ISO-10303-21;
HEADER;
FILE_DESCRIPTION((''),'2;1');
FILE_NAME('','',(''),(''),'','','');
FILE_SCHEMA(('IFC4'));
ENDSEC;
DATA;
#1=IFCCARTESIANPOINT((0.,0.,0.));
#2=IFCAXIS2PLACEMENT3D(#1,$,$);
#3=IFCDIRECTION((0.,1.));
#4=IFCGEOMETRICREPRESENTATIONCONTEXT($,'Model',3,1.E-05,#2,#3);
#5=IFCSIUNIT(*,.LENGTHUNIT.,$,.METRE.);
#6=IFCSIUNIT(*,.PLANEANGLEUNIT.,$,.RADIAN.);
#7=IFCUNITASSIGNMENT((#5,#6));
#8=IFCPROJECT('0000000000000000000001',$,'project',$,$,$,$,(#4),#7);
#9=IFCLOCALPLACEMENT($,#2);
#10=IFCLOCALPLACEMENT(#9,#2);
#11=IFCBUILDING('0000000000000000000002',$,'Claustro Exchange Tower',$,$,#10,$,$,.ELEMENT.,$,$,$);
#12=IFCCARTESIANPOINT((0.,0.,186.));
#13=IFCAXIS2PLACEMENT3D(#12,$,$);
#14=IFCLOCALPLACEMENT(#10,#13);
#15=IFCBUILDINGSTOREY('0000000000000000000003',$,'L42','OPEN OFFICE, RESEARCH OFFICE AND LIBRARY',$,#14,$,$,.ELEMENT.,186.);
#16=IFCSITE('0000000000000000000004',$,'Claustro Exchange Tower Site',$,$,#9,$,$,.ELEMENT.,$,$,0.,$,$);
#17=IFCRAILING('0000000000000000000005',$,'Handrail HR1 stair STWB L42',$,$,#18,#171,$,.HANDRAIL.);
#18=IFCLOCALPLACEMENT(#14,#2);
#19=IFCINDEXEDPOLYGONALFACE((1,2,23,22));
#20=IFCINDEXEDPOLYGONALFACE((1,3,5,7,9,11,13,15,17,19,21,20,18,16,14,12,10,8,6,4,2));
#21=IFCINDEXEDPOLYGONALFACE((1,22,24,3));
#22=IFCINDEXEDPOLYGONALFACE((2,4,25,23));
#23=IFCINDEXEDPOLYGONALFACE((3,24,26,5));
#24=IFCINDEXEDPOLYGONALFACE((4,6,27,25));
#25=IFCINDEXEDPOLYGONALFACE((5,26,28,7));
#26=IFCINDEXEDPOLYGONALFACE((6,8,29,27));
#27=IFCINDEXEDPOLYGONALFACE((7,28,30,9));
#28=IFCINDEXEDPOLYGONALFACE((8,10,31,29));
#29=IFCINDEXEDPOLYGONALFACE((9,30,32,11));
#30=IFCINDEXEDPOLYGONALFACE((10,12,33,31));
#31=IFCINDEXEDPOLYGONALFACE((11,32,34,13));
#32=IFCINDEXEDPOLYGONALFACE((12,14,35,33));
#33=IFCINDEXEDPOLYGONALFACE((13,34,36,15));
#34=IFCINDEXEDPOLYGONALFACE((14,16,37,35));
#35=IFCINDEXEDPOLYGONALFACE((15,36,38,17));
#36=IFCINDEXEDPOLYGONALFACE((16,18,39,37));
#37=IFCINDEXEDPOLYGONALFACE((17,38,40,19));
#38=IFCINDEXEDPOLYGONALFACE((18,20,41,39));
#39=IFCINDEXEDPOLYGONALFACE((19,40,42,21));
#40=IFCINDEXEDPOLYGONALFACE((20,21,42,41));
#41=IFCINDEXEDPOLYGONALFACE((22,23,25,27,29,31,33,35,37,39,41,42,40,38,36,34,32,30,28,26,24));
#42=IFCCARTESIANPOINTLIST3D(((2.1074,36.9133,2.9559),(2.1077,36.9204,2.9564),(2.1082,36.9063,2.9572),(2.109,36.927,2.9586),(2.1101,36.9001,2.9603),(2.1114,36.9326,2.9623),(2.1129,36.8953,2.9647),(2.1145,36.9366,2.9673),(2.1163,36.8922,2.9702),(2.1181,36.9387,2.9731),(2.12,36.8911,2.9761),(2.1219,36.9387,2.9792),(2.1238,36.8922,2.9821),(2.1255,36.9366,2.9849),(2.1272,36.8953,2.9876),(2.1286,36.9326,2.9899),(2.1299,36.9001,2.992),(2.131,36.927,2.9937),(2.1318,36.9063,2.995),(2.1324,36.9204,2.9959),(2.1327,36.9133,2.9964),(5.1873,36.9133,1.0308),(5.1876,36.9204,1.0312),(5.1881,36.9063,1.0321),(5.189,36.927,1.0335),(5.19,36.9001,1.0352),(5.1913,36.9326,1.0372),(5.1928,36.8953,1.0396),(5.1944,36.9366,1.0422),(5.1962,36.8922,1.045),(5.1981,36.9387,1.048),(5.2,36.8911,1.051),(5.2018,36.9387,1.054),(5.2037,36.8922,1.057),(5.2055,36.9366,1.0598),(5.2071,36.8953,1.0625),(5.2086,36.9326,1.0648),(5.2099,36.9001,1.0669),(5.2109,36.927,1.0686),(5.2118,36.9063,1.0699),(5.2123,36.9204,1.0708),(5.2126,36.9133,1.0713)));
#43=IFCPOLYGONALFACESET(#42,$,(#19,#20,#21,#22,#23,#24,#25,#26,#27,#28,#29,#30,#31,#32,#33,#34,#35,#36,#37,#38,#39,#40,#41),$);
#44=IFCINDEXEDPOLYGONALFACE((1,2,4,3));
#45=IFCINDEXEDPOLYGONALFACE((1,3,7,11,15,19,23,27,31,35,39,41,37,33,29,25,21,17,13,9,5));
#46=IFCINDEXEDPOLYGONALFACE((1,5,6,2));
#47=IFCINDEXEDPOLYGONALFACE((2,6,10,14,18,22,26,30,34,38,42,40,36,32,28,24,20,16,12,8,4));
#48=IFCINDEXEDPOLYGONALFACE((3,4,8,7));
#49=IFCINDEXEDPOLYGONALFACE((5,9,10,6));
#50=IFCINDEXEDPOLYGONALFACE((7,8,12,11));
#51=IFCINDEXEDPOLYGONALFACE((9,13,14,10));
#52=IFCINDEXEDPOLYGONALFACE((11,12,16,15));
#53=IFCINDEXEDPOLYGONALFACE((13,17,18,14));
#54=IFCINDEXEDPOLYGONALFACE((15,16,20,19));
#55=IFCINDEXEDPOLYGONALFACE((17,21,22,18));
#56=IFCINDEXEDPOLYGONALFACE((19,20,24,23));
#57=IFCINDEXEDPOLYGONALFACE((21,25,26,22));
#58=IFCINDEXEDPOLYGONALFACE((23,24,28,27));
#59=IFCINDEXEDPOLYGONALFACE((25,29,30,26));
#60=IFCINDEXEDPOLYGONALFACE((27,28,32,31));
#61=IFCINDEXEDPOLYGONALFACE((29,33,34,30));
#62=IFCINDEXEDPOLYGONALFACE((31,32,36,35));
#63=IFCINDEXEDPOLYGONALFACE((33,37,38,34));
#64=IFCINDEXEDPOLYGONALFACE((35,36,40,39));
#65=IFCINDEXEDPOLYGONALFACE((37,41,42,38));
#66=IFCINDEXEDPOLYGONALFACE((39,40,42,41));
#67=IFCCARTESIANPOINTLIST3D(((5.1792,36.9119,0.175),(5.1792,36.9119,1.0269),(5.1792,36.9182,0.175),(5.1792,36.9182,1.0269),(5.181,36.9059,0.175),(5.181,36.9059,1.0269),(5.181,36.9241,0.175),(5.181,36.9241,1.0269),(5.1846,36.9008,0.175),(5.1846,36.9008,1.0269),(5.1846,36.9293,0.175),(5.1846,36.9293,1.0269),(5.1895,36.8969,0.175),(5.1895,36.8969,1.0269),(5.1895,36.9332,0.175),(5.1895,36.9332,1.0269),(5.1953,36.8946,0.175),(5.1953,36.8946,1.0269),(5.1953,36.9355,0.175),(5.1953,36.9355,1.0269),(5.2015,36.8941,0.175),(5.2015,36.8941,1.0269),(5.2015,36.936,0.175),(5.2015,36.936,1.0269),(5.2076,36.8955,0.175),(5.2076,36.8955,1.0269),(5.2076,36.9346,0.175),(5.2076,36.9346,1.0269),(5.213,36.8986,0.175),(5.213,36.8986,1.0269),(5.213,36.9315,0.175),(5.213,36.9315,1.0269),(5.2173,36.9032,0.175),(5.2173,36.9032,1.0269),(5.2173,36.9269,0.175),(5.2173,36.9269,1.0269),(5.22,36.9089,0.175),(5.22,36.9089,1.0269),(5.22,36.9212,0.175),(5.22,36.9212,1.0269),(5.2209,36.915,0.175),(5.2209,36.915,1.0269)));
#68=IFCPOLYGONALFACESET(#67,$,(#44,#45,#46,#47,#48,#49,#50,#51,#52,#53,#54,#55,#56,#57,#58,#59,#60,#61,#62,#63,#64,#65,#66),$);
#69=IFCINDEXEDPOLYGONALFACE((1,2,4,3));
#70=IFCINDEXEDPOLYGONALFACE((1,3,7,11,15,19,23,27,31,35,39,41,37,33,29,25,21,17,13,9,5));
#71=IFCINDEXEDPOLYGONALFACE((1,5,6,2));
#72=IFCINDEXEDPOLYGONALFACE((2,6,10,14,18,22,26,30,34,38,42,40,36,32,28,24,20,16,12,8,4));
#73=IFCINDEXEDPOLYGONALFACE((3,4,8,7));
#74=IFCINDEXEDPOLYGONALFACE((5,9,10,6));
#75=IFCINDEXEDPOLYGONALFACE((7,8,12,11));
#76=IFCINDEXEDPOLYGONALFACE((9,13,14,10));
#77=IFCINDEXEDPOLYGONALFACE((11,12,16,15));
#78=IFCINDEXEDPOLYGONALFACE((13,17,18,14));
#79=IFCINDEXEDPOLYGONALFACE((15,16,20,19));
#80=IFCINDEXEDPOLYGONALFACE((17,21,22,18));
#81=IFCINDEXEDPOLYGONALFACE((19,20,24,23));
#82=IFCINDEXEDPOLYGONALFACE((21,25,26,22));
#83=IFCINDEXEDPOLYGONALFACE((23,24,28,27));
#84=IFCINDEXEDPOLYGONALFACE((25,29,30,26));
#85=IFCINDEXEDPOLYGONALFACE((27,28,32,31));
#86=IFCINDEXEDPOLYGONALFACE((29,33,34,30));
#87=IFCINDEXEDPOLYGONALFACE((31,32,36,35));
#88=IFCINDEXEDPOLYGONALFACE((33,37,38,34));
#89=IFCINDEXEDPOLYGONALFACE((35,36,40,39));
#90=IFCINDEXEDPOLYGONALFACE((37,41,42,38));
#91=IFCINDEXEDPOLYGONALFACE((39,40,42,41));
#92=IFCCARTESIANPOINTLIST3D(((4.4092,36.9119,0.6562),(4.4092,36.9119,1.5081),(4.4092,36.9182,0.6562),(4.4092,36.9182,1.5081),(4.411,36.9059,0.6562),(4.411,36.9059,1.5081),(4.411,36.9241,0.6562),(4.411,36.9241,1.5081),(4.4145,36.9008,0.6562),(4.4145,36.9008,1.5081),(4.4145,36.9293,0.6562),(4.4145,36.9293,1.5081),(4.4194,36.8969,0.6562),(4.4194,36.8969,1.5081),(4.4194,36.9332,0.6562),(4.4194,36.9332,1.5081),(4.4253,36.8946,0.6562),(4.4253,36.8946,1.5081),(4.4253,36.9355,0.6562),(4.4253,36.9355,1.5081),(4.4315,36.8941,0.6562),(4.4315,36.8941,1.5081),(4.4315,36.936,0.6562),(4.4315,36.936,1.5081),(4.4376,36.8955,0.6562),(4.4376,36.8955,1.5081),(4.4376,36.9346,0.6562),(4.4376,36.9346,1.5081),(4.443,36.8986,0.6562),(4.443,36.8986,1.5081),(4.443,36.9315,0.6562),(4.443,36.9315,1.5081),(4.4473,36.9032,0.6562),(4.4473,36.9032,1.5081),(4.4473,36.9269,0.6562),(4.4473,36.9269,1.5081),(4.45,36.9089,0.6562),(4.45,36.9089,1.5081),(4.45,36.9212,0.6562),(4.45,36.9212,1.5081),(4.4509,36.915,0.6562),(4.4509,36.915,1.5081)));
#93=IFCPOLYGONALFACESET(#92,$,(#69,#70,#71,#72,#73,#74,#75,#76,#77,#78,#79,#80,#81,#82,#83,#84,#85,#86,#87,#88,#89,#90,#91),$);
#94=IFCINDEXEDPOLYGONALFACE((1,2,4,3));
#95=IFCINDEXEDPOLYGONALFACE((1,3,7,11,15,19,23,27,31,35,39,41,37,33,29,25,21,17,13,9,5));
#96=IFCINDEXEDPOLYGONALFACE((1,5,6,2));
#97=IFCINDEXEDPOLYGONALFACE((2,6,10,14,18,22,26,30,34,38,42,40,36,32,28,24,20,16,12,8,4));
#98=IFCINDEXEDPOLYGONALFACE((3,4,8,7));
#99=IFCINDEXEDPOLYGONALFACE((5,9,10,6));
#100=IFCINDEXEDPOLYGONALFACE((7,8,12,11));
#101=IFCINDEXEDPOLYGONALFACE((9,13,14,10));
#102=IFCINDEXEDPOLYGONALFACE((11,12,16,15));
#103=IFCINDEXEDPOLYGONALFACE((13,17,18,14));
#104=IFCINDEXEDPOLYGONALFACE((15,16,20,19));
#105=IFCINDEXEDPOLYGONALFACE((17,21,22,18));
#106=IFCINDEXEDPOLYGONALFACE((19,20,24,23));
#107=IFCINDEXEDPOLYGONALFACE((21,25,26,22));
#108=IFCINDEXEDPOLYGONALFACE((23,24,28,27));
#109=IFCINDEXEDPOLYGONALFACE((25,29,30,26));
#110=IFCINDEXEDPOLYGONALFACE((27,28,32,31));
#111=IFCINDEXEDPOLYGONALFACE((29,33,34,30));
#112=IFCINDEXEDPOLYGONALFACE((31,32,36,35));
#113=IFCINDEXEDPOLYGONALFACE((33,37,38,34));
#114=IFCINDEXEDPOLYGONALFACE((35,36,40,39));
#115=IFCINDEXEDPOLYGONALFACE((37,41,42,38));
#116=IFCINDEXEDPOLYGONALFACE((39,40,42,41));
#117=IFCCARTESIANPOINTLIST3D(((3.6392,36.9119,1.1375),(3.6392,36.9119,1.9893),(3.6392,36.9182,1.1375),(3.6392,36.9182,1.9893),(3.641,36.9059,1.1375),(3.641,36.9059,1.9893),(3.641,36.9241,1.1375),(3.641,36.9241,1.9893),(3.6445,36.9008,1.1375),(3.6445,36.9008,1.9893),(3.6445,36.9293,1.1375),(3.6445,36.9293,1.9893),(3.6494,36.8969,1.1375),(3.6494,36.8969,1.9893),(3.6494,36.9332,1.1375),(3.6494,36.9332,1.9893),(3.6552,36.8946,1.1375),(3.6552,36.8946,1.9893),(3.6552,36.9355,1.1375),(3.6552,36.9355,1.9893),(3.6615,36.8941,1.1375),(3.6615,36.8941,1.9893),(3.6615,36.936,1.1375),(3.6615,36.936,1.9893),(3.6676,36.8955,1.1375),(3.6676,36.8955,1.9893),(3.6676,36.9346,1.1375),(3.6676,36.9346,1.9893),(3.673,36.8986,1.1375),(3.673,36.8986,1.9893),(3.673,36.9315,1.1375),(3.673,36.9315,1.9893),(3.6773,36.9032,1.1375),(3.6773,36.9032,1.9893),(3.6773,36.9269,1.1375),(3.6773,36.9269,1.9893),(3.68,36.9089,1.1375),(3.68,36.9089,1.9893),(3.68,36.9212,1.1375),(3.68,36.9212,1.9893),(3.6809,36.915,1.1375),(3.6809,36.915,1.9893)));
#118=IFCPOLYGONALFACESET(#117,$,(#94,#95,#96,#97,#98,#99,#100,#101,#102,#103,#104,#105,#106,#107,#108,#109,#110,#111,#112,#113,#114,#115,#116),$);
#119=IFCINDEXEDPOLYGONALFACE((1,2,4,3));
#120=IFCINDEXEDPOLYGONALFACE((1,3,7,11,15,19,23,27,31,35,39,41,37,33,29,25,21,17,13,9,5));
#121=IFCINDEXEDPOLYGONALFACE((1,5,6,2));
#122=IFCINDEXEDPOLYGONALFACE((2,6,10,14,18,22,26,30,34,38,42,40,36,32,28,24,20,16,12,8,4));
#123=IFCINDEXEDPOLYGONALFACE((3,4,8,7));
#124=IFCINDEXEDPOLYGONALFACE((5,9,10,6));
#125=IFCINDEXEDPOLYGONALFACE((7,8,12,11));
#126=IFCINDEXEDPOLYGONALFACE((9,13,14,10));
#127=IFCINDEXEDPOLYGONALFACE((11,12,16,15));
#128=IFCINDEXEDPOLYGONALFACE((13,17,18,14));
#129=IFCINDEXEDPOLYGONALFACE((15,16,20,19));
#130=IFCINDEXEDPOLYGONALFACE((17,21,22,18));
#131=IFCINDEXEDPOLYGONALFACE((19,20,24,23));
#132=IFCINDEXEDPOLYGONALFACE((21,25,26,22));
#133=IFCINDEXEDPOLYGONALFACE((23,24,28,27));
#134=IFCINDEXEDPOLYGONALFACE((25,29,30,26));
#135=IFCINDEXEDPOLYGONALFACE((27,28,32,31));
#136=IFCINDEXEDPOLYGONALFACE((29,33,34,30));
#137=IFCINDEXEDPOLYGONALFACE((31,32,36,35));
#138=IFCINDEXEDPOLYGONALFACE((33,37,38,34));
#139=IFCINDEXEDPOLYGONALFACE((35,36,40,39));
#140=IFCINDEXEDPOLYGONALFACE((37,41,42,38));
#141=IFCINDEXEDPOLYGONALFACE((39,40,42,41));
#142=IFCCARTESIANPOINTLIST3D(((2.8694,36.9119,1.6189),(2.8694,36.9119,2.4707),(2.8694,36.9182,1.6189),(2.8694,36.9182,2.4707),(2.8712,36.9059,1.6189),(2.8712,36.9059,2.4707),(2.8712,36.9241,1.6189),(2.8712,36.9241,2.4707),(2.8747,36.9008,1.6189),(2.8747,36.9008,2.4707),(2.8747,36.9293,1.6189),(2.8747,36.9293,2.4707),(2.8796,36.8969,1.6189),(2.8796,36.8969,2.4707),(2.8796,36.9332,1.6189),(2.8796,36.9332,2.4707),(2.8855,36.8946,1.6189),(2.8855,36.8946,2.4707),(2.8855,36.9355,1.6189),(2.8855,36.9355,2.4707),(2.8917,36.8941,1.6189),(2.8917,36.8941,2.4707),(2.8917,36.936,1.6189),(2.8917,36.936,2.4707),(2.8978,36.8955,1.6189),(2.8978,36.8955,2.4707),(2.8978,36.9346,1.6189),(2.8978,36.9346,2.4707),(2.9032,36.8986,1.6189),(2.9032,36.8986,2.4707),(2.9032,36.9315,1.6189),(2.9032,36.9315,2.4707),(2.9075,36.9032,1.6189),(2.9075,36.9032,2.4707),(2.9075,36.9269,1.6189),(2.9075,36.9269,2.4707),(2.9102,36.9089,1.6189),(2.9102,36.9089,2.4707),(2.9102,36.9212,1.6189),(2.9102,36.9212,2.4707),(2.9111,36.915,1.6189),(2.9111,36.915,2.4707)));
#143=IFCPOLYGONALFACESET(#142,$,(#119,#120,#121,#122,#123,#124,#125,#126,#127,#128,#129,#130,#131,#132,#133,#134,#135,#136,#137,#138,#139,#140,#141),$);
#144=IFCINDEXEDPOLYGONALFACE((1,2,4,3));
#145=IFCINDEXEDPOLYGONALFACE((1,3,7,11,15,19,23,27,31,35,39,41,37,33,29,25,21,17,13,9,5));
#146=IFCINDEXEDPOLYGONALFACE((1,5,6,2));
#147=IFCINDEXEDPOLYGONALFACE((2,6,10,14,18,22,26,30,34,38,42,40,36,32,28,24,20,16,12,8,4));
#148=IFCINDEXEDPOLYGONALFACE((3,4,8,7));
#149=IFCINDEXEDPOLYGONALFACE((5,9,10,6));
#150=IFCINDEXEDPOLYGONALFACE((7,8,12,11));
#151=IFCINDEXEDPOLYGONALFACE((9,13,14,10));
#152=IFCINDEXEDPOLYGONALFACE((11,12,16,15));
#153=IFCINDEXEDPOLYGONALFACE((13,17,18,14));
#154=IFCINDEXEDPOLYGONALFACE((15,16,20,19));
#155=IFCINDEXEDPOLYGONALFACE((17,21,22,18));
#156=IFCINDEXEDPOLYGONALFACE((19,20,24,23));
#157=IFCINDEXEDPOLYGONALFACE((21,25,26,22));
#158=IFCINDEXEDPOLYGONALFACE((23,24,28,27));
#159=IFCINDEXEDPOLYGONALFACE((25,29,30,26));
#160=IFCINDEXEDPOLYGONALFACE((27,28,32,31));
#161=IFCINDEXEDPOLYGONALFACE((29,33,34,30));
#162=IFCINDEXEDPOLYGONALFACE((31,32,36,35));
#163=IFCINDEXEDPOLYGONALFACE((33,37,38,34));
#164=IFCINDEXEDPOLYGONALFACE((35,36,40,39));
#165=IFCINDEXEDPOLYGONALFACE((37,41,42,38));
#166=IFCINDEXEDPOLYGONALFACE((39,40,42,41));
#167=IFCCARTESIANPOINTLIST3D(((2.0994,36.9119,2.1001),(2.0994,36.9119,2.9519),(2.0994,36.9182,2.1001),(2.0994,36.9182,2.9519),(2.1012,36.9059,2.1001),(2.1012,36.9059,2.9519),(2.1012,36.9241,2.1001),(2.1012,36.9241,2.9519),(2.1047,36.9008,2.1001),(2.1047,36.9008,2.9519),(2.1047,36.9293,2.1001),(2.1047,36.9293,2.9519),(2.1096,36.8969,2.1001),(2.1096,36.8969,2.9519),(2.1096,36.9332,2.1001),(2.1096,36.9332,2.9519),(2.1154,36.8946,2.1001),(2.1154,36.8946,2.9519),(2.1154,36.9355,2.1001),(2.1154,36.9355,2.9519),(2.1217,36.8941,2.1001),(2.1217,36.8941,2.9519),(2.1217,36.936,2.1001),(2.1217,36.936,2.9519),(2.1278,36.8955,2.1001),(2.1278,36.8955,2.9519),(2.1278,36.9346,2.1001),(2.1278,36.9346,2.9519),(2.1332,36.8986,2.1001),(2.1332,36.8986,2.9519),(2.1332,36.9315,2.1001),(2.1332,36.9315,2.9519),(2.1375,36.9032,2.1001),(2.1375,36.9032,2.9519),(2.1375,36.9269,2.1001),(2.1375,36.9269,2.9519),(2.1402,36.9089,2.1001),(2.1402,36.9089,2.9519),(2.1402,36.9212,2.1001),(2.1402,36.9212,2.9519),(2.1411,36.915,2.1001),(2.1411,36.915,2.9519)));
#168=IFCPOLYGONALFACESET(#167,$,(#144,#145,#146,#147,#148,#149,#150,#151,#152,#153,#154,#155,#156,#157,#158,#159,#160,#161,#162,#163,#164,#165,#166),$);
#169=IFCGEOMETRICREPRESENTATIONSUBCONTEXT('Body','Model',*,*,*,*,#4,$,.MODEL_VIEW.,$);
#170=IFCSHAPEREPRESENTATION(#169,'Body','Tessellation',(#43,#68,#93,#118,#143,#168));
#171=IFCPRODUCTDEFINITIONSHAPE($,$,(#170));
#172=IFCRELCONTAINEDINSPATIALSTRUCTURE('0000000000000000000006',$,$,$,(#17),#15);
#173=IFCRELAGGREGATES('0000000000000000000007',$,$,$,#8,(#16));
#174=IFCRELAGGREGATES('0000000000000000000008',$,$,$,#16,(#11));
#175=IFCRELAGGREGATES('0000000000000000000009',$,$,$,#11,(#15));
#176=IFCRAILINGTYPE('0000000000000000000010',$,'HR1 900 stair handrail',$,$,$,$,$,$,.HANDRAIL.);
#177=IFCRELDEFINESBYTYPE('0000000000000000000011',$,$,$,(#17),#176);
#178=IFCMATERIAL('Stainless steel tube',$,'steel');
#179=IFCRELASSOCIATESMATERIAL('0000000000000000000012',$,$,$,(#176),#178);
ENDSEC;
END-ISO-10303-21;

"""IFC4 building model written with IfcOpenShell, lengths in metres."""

from ifc_helpers import new_model, si_unit, direction, frame, origin, origin_2d, place, context, subcontext, project, spatial, circle, extrude, material, type_object, element, save


model = new_model("IFC4")

# Units and contexts
model_context = context("Model", 3, precision=1e-05, world=origin(), true_north=direction((0.0, 1.0)))
body_context = subcontext(model_context, "Body", "Model", "MODEL_VIEW")
ifc_project = project(units=[si_unit("LENGTHUNIT", "METRE"), si_unit("PLANEANGLEUNIT", "RADIAN")], contexts=[model_context])

# Site, building, storey
site_placement = place(None, origin())
site = spatial("IfcSite", under=ifc_project, at=site_placement, Name="Claustro Exchange Tower Site", CompositionType="ELEMENT", RefElevation=0.0)
building_placement = place(site_placement, origin())
building = spatial("IfcBuilding", under=site, at=building_placement, Name="Claustro Exchange Tower", CompositionType="ELEMENT")
storey_placement = place(building_placement, frame((0.0, 0.0, 186.0)))
storey = spatial("IfcBuildingStorey", under=building, at=storey_placement, Name="L42", Description="OPEN OFFICE, RESEARCH OFFICE AND LIBRARY", CompositionType="ELEMENT", Elevation=186.0)

# Railing
ifc_material_1 = material(Name="Stainless steel tube", Category="steel")
railing_type_1 = type_object("IfcRailingType", Name="HR1 900 stair handrail", PredefinedType="HANDRAIL", material=ifc_material_1)
railing_1_placement = place(storey_placement, frame((5.2, 36.915, 0.175)))
element("IfcRailing", 1, at=railing_1_placement, inside=storey, type_object=railing_type_1, Name="Handrail HR1 stair STWB L42", PredefinedType="HANDRAIL", context=body_context, shape_type="SweptSolid", body=[
    extrude(circle(Radius=0.0239, at=origin_2d()), frame((0.0, 0.0, 0.876), z_axis=(-0.847979, 0.0, 0.530029), x_axis=(0.0, -1.0, 0.0)), (0.0, 0.0, 1.0), 3.6321),
    extrude(circle(Radius=0.021, at=origin_2d()), origin(), (0.0, 0.0, 1.0), 0.8518),
    extrude(circle(Radius=0.021, at=origin_2d()), frame((-0.77, 0.0, 0.4812)), (0.0, 0.0, 1.0), 0.8518),
    extrude(circle(Radius=0.021, at=origin_2d()), frame((-1.54, 0.0, 0.9624)), (0.0, 0.0, 1.0), 0.8518),
    extrude(circle(Radius=0.021, at=origin_2d()), frame((-2.3098, 0.0, 1.4438)), (0.0, 0.0, 1.0), 0.8518),
    extrude(circle(Radius=0.021, at=origin_2d()), frame((-3.0798, 0.0, 1.925)), (0.0, 0.0, 1.0), 0.8518),
])

save(model, "model.ifc")
